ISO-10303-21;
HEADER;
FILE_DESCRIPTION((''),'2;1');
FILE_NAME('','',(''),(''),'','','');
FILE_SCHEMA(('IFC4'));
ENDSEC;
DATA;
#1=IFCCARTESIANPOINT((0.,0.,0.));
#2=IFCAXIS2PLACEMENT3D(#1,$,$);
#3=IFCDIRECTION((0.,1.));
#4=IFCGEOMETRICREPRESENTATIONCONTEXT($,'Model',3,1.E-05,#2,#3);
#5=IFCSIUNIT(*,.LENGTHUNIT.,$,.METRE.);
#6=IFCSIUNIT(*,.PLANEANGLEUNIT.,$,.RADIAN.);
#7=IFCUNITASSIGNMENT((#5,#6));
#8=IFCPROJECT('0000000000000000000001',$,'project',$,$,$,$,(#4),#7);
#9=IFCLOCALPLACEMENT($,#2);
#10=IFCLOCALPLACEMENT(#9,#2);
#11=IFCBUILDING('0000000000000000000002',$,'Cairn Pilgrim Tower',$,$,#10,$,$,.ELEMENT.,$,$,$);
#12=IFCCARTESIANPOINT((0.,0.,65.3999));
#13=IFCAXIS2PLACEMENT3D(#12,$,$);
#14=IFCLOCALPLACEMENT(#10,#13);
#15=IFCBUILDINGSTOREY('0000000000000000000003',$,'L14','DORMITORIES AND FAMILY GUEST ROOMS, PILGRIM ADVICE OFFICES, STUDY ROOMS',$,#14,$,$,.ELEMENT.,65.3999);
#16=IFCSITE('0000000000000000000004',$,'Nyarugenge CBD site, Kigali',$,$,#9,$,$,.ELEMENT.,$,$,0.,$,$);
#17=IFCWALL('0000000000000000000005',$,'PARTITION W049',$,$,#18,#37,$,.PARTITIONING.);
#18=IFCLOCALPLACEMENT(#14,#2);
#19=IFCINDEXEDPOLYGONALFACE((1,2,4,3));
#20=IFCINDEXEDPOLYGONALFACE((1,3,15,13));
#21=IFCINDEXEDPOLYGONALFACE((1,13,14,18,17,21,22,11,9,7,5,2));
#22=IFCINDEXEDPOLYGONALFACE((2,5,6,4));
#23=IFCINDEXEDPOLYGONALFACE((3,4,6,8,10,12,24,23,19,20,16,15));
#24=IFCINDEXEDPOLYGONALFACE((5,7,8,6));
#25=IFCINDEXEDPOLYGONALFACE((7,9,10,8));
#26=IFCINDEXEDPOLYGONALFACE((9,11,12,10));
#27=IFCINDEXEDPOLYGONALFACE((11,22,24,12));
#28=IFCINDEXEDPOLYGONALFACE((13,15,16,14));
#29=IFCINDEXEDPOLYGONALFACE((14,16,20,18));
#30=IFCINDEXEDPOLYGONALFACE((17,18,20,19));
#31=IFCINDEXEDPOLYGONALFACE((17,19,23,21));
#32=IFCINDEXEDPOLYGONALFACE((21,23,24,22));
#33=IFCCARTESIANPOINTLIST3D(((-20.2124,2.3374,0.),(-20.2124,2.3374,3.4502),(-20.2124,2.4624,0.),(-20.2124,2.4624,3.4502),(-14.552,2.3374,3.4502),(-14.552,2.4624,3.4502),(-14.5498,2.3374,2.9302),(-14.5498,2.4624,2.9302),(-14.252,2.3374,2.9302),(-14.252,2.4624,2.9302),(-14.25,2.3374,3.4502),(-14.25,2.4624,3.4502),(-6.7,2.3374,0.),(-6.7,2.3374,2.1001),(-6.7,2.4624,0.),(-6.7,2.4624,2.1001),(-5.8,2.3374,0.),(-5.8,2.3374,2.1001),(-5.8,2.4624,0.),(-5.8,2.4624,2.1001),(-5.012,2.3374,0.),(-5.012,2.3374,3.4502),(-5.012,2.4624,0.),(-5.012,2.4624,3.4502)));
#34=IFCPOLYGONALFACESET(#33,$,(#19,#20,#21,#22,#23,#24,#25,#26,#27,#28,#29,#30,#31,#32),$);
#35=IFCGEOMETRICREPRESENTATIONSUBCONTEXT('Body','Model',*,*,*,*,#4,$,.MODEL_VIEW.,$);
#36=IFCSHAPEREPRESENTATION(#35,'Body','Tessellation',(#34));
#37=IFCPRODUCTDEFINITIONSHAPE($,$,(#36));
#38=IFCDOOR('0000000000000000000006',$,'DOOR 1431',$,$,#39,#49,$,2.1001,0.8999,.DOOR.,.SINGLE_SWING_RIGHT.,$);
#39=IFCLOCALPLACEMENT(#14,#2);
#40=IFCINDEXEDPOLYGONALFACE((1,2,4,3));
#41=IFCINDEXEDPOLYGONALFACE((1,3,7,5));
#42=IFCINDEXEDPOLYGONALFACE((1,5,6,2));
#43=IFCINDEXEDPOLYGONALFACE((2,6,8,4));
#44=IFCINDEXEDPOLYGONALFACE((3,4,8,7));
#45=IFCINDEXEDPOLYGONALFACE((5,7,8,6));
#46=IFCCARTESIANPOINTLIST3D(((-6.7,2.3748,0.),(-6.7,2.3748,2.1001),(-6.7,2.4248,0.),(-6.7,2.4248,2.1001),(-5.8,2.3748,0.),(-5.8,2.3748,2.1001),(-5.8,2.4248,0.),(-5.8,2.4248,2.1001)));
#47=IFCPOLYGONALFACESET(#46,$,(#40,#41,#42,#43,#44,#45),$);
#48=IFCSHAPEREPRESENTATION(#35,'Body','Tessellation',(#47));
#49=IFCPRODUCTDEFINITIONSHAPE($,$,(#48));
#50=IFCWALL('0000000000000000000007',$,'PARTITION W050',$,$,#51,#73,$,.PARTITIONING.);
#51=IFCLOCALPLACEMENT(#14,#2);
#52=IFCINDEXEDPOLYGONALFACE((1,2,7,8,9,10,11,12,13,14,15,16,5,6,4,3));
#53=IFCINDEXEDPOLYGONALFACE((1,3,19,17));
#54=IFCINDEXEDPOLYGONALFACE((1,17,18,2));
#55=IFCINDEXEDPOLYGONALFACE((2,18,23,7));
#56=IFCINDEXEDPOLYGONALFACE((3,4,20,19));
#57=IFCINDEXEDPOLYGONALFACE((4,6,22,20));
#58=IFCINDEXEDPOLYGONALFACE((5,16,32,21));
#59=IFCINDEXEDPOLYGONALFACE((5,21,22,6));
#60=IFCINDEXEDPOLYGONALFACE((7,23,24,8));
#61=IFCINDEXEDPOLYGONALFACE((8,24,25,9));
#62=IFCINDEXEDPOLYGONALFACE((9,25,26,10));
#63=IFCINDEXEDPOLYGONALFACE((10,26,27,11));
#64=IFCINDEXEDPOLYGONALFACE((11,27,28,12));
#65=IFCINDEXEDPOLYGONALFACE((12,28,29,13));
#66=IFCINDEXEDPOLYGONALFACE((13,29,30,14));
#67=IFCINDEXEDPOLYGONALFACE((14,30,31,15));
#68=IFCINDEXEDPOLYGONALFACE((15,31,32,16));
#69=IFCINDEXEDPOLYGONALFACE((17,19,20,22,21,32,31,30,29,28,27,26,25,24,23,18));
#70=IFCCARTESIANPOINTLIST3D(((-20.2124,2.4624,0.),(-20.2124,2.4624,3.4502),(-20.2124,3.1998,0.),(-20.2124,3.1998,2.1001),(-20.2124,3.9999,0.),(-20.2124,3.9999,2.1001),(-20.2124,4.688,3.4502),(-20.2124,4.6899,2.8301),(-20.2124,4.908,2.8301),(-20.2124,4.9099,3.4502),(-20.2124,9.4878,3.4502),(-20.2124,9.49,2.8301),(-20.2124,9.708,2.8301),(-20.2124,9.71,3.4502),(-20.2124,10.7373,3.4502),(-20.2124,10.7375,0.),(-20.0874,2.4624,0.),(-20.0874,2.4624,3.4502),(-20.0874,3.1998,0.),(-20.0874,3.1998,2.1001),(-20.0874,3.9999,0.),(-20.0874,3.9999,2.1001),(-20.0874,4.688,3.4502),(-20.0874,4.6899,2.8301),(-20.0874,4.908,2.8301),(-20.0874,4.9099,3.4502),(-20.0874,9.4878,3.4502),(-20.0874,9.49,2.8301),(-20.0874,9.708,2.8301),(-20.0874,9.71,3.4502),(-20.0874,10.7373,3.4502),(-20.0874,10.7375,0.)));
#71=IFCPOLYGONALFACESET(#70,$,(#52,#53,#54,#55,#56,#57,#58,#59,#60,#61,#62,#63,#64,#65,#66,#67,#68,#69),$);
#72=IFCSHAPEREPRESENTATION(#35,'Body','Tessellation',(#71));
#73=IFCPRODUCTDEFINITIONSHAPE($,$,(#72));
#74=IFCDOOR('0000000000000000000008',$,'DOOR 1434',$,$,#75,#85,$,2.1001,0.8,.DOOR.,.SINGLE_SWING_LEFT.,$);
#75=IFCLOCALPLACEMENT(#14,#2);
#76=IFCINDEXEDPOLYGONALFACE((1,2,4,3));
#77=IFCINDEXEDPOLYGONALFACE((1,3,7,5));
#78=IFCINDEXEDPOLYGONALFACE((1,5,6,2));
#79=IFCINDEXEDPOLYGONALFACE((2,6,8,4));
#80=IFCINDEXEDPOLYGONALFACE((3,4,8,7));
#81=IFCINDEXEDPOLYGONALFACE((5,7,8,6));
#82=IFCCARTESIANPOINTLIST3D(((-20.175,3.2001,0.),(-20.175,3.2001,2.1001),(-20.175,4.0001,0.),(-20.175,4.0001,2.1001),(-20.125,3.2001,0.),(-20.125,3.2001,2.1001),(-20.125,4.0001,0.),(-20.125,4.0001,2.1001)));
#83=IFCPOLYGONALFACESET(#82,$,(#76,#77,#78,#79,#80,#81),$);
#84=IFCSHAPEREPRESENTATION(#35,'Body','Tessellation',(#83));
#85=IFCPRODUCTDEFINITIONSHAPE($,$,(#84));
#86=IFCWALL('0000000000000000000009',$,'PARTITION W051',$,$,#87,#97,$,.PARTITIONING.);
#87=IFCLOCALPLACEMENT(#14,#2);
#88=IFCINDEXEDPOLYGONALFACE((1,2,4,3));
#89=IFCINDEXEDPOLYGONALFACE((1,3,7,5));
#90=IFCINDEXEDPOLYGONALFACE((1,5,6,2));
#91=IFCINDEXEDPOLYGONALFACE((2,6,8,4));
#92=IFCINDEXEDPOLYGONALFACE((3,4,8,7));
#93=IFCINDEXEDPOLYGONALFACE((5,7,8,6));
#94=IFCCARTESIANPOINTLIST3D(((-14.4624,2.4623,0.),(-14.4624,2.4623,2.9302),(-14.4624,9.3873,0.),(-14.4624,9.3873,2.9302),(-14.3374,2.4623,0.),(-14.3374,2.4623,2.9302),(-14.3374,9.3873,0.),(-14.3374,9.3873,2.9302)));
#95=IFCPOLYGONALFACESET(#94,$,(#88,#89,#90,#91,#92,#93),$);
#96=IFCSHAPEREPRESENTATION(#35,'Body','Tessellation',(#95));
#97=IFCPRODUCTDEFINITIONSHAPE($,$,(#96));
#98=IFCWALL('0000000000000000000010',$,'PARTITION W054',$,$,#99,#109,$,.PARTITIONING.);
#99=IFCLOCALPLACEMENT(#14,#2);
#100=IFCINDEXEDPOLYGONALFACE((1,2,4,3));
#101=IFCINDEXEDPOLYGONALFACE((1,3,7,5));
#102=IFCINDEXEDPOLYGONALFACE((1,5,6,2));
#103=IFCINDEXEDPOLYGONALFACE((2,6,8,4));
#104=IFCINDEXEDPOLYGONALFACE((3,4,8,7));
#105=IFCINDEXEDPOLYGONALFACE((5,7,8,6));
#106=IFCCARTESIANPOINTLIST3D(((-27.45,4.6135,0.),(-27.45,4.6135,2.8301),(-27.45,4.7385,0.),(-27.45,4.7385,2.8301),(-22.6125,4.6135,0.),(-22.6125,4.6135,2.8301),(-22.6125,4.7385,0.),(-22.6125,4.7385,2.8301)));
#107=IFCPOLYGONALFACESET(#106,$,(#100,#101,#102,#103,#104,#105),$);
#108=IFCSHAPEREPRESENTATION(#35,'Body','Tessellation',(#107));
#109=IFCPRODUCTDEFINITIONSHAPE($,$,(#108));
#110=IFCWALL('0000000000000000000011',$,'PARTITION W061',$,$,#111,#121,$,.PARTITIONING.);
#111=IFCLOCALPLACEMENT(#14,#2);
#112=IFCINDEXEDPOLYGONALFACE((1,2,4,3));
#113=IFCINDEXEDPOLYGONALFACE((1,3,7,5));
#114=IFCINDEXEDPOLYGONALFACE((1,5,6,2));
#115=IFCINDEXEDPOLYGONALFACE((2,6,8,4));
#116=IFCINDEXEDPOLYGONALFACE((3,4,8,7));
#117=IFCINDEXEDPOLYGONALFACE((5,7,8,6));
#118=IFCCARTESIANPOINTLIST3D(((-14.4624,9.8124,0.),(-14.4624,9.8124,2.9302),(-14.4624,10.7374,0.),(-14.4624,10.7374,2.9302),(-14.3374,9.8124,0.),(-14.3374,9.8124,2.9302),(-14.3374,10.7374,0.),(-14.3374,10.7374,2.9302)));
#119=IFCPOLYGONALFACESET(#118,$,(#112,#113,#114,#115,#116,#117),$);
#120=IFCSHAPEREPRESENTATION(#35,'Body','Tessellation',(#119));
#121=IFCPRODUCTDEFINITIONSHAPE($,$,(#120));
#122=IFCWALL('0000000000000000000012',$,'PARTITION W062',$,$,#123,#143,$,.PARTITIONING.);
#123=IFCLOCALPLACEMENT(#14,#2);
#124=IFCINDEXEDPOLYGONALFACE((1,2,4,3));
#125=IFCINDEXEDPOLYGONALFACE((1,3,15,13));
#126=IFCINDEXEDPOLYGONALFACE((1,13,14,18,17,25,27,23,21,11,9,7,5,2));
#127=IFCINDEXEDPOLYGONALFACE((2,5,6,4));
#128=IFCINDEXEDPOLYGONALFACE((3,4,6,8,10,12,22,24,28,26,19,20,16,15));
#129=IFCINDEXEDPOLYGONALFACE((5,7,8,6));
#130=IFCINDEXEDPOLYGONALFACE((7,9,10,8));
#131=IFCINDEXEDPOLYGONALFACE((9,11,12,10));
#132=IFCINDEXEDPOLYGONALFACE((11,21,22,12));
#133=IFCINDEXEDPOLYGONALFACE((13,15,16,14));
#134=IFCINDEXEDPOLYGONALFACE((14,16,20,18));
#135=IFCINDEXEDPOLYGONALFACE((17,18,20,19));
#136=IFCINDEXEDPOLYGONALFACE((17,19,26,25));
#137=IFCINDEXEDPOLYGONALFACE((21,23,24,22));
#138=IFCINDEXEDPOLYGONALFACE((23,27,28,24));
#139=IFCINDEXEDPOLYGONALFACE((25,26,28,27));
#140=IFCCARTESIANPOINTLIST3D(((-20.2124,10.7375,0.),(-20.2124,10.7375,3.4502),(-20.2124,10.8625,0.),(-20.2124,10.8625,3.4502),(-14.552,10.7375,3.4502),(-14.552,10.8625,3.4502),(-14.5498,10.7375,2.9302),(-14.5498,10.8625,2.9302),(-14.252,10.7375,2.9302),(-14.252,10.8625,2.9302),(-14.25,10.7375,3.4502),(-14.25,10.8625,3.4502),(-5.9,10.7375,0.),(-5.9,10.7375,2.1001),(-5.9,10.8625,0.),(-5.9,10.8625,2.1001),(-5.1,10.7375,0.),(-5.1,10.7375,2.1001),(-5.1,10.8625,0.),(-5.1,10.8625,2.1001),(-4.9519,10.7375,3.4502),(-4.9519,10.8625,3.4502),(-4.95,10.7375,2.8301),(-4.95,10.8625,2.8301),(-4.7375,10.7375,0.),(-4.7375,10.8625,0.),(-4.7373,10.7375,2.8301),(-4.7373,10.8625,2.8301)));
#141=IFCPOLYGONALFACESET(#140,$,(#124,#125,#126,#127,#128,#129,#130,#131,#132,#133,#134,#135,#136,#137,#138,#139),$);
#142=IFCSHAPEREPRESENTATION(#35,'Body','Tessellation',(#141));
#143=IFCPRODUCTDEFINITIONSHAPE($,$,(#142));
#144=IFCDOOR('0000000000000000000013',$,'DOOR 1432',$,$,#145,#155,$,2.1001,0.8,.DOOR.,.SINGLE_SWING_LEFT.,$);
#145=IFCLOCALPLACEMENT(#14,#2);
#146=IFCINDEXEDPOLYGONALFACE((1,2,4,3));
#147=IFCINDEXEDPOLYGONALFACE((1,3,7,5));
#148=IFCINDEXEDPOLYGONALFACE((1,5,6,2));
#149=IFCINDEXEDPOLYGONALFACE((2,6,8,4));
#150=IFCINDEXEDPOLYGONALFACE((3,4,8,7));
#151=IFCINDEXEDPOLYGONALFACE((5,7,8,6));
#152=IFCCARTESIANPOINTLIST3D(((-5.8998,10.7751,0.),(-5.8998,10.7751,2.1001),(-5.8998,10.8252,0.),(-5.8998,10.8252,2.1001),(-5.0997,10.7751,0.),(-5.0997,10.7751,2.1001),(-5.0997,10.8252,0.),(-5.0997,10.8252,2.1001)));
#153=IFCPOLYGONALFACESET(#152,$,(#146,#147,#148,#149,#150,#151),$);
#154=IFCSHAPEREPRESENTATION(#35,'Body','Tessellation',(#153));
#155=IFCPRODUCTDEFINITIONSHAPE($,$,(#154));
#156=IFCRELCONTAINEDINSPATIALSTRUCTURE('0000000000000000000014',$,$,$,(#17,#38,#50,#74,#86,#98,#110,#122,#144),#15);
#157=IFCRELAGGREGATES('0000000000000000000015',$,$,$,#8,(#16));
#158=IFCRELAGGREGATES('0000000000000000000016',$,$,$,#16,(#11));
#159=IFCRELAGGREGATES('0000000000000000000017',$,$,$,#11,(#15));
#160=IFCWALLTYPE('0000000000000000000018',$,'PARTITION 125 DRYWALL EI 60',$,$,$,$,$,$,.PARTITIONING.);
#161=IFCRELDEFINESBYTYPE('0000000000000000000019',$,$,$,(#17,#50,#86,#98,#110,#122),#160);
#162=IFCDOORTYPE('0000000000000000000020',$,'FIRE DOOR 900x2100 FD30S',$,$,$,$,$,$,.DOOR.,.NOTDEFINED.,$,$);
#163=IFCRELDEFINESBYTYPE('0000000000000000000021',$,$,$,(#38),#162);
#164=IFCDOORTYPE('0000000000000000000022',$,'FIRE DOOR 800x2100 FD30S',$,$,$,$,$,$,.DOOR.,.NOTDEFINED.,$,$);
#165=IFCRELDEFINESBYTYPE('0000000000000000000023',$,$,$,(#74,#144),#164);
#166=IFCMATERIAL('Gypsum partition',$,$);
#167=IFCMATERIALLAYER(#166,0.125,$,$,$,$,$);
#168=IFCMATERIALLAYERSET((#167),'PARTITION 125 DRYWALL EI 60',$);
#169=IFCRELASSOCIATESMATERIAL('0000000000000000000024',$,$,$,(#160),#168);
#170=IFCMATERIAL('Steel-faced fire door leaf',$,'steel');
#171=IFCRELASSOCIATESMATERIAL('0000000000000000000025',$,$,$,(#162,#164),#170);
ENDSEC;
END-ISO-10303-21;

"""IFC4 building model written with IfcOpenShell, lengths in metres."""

from ifc_helpers import new_model, si_unit, direction, frame, frame_2d, origin, place, context, subcontext, project, spatial, polyline, rectangle, outline, extrude, material, layer, layer_set, type_object, element, fill, save


model = new_model("IFC4")

# Units and contexts
model_context = context("Model", 3, precision=1e-05, world=origin(), true_north=direction((0.0, 1.0)))
body_context = subcontext(model_context, "Body", "Model", "MODEL_VIEW")
ifc_project = project(units=[si_unit("LENGTHUNIT", "METRE"), si_unit("PLANEANGLEUNIT", "RADIAN")], contexts=[model_context])

# Site, building, storey
site_placement = place(None, origin())
site = spatial("IfcSite", under=ifc_project, at=site_placement, Name="Nyarugenge CBD site, Kigali", CompositionType="ELEMENT", RefElevation=0.0)
building_placement = place(site_placement, origin())
building = spatial("IfcBuilding", under=site, at=building_placement, Name="Cairn Pilgrim Tower", CompositionType="ELEMENT")
storey_placement = place(building_placement, frame((0.0, 0.0, 65.3999)))
storey = spatial("IfcBuildingStorey", under=building, at=storey_placement, Name="L14", Description="DORMITORIES AND FAMILY GUEST ROOMS, PILGRIM ADVICE OFFICES, STUDY ROOMS", CompositionType="ELEMENT", Elevation=65.3999)

# Walls, openings, doors
ifc_material_1 = material(Name="Gypsum partition")
ifc_layer_1 = layer(ifc_material_1, 0.125)
ifc_layer_set_1 = layer_set([ifc_layer_1], Name="PARTITION 125 DRYWALL EI 60")
wall_type_1 = type_object("IfcWallType", Name="PARTITION 125 DRYWALL EI 60", PredefinedType="PARTITIONING", material=ifc_layer_set_1)
wall_1_placement = place(storey_placement, frame((-20.2124, 2.3999, 0.0), z_axis=(0.0, 0.0, 1.0), x_axis=(1.0, 0.0, 0.0)))
wall_1 = element("IfcWall", 1, at=wall_1_placement, inside=storey, type_object=wall_type_1, Name="PARTITION W049", PredefinedType="PARTITIONING", context=body_context, shape_type="SweptSolid", body=[
    extrude(outline(polyline([(0.0, 0.0), (15.2004, 0.0), (15.2004, 3.4502), (5.9624, 3.4502), (5.9604, 2.9302), (5.6626, 2.9302), (5.6604, 3.4502), (0.0, 3.4502), (0.0, 0.0)])), frame((0.0, 0.0625, 0.0), z_axis=(0.0, -1.0, 0.0), x_axis=(1.0, 0.0, 0.0)), (0.0, 0.0, 1.0), 0.125),
])
opening_1_placement = place(wall_1_placement, frame((13.5125, 0.0, 0.0)))
opening_1 = element("IfcOpeningElement", 2, at=opening_1_placement, cuts=wall_1, PredefinedType="OPENING", context=body_context, shape_type="SweptSolid", body=[
    extrude(rectangle(XDim=0.8999, YDim=2.1001, at=frame_2d((0.45, 1.05))), frame((0.0, 0.0725, 0.0), z_axis=(0.0, -1.0, 0.0), x_axis=(1.0, 0.0, 0.0)), (0.0, 0.0, 1.0), 0.145),
])
ifc_material_2 = material(Name="Steel-faced fire door leaf", Category="steel")
door_type_1 = type_object("IfcDoorType", Name="FIRE DOOR 900x2100 FD30S", OperationType="NOTDEFINED", PredefinedType="DOOR", material=ifc_material_2)
door_1_placement = place(opening_1_placement, origin())
door_1 = element("IfcDoor", 3, at=door_1_placement, inside=storey, type_object=door_type_1, Name="DOOR 1431", OperationType="SINGLE_SWING_RIGHT", OverallHeight=2.1001, OverallWidth=0.8999, PredefinedType="DOOR", context=body_context, shape_type="SweptSolid", body=[
    extrude(rectangle(XDim=0.8999, YDim=2.1001, at=frame_2d((0.45, 1.05))), frame((0.0, 0.0249, 0.0), z_axis=(0.0, -1.0, 0.0), x_axis=(1.0, 0.0, 0.0)), (0.0, 0.0, 1.0), 0.05),
])
fill(opening_1, door_1)
wall_2_placement = place(storey_placement, frame((-20.1499, 2.4624, 0.0), z_axis=(0.0, 0.0, 1.0), x_axis=(0.0, 1.0, 0.0)))
wall_2 = element("IfcWall", 4, at=wall_2_placement, inside=storey, type_object=wall_type_1, Name="PARTITION W050", PredefinedType="PARTITIONING", context=body_context, shape_type="SweptSolid", body=[
    extrude(outline(polyline([(0.0, 0.0), (8.2751, 0.0), (8.2749, 3.4502), (7.2476, 3.4502), (7.2456, 2.8301), (7.0276, 2.8301), (7.0254, 3.4502), (2.4475, 3.4502), (2.4456, 2.8301), (2.2275, 2.8301), (2.2256, 3.4502), (0.0, 3.4502), (0.0, 0.0)])), frame((0.0, 0.0625, 0.0), z_axis=(0.0, -1.0, 0.0), x_axis=(1.0, 0.0, 0.0)), (0.0, 0.0, 1.0), 0.125),
])
opening_2_placement = place(wall_2_placement, frame((0.7375, 0.0, 0.0)))
opening_2 = element("IfcOpeningElement", 5, at=opening_2_placement, cuts=wall_2, PredefinedType="OPENING", context=body_context, shape_type="SweptSolid", body=[
    extrude(rectangle(XDim=0.8, YDim=2.1001, at=frame_2d((0.3999, 1.05))), frame((0.0, 0.0725, 0.0), z_axis=(0.0, -1.0, 0.0), x_axis=(1.0, 0.0, 0.0)), (0.0, 0.0, 1.0), 0.145),
])
door_type_2 = type_object("IfcDoorType", Name="FIRE DOOR 800x2100 FD30S", OperationType="NOTDEFINED", PredefinedType="DOOR", material=ifc_material_2)
door_2_placement = place(opening_2_placement, frame((0.8, 0.0, 0.0), z_axis=(0.0, 0.0, 1.0), x_axis=(-1.0, 0.0, 0.0)))
door_2 = element("IfcDoor", 6, at=door_2_placement, inside=storey, type_object=door_type_2, Name="DOOR 1434", OperationType="SINGLE_SWING_LEFT", OverallHeight=2.1001, OverallWidth=0.8, PredefinedType="DOOR", context=body_context, shape_type="SweptSolid", body=[
    extrude(rectangle(XDim=0.8, YDim=2.1001, at=frame_2d((0.3999, 1.05))), frame((0.0, 0.0249, 0.0), z_axis=(0.0, -1.0, 0.0), x_axis=(1.0, 0.0, 0.0)), (0.0, 0.0, 1.0), 0.05),
])
fill(opening_2, door_2)

# Walls
wall_3_placement = place(storey_placement, frame((-14.3999, 2.4624, 0.0), z_axis=(0.0, 0.0, 1.0), x_axis=(0.0, 1.0, 0.0)))
element("IfcWall", 7, at=wall_3_placement, inside=storey, type_object=wall_type_1, Name="PARTITION W051", PredefinedType="PARTITIONING", context=body_context, shape_type="SweptSolid", body=[
    extrude(rectangle(XDim=6.925, YDim=0.125, at=frame_2d((3.4624, 0.0))), origin(), (0.0, 0.0, 1.0), 2.9302),
])
wall_4_placement = place(storey_placement, frame((-27.45, 4.676, 0.0), z_axis=(0.0, 0.0, 1.0), x_axis=(1.0, 0.0, 0.0)))
element("IfcWall", 8, at=wall_4_placement, inside=storey, type_object=wall_type_1, Name="PARTITION W054", PredefinedType="PARTITIONING", context=body_context, shape_type="SweptSolid", body=[
    extrude(rectangle(XDim=4.8374, YDim=0.125, at=frame_2d((2.4187, 0.0))), origin(), (0.0, 0.0, 1.0), 2.8301),
])
wall_5_placement = place(storey_placement, frame((-14.3999, 9.8125, 0.0), z_axis=(0.0, 0.0, 1.0), x_axis=(0.0, 1.0, 0.0)))
element("IfcWall", 9, at=wall_5_placement, inside=storey, type_object=wall_type_1, Name="PARTITION W061", PredefinedType="PARTITIONING", context=body_context, shape_type="SweptSolid", body=[
    extrude(rectangle(XDim=0.925, YDim=0.125, at=frame_2d((0.4624, 0.0))), origin(), (0.0, 0.0, 1.0), 2.9302),
])

# Wall, opening, door
wall_6_placement = place(storey_placement, frame((-20.2124, 10.8, 0.0), z_axis=(0.0, 0.0, 1.0), x_axis=(1.0, 0.0, 0.0)))
wall_6 = element("IfcWall", 10, at=wall_6_placement, inside=storey, type_object=wall_type_1, Name="PARTITION W062", PredefinedType="PARTITIONING", context=body_context, shape_type="SweptSolid", body=[
    extrude(outline(polyline([(0.0, 0.0), (15.4749, 0.0), (15.4751, 2.8301), (15.2625, 2.8301), (15.2605, 3.4502), (5.9624, 3.4502), (5.9604, 2.9302), (5.6626, 2.9302), (5.6604, 3.4502), (0.0, 3.4502), (0.0, 0.0)])), frame((0.0, 0.0625, 0.0), z_axis=(0.0, -1.0, 0.0), x_axis=(1.0, 0.0, 0.0)), (0.0, 0.0, 1.0), 0.125),
])
opening_3_placement = place(wall_6_placement, frame((14.3125, 0.0, 0.0)))
opening_3 = element("IfcOpeningElement", 11, at=opening_3_placement, cuts=wall_6, PredefinedType="OPENING", context=body_context, shape_type="SweptSolid", body=[
    extrude(rectangle(XDim=0.8, YDim=2.1001, at=frame_2d((0.3999, 1.05))), frame((0.0, 0.0725, 0.0), z_axis=(0.0, -1.0, 0.0), x_axis=(1.0, 0.0, 0.0)), (0.0, 0.0, 1.0), 0.145),
])
door_3_placement = place(opening_3_placement, frame((0.8, 0.0, 0.0), z_axis=(0.0, 0.0, 1.0), x_axis=(-1.0, 0.0, 0.0)))
door_3 = element("IfcDoor", 12, at=door_3_placement, inside=storey, type_object=door_type_2, Name="DOOR 1432", OperationType="SINGLE_SWING_LEFT", OverallHeight=2.1001, OverallWidth=0.8, PredefinedType="DOOR", context=body_context, shape_type="SweptSolid", body=[
    extrude(rectangle(XDim=0.8, YDim=2.1001, at=frame_2d((0.3999, 1.05))), frame((0.0, 0.0249, 0.0), z_axis=(0.0, -1.0, 0.0), x_axis=(1.0, 0.0, 0.0)), (0.0, 0.0, 1.0), 0.05),
])
fill(opening_3, door_3)

save(model, "model.ifc")
